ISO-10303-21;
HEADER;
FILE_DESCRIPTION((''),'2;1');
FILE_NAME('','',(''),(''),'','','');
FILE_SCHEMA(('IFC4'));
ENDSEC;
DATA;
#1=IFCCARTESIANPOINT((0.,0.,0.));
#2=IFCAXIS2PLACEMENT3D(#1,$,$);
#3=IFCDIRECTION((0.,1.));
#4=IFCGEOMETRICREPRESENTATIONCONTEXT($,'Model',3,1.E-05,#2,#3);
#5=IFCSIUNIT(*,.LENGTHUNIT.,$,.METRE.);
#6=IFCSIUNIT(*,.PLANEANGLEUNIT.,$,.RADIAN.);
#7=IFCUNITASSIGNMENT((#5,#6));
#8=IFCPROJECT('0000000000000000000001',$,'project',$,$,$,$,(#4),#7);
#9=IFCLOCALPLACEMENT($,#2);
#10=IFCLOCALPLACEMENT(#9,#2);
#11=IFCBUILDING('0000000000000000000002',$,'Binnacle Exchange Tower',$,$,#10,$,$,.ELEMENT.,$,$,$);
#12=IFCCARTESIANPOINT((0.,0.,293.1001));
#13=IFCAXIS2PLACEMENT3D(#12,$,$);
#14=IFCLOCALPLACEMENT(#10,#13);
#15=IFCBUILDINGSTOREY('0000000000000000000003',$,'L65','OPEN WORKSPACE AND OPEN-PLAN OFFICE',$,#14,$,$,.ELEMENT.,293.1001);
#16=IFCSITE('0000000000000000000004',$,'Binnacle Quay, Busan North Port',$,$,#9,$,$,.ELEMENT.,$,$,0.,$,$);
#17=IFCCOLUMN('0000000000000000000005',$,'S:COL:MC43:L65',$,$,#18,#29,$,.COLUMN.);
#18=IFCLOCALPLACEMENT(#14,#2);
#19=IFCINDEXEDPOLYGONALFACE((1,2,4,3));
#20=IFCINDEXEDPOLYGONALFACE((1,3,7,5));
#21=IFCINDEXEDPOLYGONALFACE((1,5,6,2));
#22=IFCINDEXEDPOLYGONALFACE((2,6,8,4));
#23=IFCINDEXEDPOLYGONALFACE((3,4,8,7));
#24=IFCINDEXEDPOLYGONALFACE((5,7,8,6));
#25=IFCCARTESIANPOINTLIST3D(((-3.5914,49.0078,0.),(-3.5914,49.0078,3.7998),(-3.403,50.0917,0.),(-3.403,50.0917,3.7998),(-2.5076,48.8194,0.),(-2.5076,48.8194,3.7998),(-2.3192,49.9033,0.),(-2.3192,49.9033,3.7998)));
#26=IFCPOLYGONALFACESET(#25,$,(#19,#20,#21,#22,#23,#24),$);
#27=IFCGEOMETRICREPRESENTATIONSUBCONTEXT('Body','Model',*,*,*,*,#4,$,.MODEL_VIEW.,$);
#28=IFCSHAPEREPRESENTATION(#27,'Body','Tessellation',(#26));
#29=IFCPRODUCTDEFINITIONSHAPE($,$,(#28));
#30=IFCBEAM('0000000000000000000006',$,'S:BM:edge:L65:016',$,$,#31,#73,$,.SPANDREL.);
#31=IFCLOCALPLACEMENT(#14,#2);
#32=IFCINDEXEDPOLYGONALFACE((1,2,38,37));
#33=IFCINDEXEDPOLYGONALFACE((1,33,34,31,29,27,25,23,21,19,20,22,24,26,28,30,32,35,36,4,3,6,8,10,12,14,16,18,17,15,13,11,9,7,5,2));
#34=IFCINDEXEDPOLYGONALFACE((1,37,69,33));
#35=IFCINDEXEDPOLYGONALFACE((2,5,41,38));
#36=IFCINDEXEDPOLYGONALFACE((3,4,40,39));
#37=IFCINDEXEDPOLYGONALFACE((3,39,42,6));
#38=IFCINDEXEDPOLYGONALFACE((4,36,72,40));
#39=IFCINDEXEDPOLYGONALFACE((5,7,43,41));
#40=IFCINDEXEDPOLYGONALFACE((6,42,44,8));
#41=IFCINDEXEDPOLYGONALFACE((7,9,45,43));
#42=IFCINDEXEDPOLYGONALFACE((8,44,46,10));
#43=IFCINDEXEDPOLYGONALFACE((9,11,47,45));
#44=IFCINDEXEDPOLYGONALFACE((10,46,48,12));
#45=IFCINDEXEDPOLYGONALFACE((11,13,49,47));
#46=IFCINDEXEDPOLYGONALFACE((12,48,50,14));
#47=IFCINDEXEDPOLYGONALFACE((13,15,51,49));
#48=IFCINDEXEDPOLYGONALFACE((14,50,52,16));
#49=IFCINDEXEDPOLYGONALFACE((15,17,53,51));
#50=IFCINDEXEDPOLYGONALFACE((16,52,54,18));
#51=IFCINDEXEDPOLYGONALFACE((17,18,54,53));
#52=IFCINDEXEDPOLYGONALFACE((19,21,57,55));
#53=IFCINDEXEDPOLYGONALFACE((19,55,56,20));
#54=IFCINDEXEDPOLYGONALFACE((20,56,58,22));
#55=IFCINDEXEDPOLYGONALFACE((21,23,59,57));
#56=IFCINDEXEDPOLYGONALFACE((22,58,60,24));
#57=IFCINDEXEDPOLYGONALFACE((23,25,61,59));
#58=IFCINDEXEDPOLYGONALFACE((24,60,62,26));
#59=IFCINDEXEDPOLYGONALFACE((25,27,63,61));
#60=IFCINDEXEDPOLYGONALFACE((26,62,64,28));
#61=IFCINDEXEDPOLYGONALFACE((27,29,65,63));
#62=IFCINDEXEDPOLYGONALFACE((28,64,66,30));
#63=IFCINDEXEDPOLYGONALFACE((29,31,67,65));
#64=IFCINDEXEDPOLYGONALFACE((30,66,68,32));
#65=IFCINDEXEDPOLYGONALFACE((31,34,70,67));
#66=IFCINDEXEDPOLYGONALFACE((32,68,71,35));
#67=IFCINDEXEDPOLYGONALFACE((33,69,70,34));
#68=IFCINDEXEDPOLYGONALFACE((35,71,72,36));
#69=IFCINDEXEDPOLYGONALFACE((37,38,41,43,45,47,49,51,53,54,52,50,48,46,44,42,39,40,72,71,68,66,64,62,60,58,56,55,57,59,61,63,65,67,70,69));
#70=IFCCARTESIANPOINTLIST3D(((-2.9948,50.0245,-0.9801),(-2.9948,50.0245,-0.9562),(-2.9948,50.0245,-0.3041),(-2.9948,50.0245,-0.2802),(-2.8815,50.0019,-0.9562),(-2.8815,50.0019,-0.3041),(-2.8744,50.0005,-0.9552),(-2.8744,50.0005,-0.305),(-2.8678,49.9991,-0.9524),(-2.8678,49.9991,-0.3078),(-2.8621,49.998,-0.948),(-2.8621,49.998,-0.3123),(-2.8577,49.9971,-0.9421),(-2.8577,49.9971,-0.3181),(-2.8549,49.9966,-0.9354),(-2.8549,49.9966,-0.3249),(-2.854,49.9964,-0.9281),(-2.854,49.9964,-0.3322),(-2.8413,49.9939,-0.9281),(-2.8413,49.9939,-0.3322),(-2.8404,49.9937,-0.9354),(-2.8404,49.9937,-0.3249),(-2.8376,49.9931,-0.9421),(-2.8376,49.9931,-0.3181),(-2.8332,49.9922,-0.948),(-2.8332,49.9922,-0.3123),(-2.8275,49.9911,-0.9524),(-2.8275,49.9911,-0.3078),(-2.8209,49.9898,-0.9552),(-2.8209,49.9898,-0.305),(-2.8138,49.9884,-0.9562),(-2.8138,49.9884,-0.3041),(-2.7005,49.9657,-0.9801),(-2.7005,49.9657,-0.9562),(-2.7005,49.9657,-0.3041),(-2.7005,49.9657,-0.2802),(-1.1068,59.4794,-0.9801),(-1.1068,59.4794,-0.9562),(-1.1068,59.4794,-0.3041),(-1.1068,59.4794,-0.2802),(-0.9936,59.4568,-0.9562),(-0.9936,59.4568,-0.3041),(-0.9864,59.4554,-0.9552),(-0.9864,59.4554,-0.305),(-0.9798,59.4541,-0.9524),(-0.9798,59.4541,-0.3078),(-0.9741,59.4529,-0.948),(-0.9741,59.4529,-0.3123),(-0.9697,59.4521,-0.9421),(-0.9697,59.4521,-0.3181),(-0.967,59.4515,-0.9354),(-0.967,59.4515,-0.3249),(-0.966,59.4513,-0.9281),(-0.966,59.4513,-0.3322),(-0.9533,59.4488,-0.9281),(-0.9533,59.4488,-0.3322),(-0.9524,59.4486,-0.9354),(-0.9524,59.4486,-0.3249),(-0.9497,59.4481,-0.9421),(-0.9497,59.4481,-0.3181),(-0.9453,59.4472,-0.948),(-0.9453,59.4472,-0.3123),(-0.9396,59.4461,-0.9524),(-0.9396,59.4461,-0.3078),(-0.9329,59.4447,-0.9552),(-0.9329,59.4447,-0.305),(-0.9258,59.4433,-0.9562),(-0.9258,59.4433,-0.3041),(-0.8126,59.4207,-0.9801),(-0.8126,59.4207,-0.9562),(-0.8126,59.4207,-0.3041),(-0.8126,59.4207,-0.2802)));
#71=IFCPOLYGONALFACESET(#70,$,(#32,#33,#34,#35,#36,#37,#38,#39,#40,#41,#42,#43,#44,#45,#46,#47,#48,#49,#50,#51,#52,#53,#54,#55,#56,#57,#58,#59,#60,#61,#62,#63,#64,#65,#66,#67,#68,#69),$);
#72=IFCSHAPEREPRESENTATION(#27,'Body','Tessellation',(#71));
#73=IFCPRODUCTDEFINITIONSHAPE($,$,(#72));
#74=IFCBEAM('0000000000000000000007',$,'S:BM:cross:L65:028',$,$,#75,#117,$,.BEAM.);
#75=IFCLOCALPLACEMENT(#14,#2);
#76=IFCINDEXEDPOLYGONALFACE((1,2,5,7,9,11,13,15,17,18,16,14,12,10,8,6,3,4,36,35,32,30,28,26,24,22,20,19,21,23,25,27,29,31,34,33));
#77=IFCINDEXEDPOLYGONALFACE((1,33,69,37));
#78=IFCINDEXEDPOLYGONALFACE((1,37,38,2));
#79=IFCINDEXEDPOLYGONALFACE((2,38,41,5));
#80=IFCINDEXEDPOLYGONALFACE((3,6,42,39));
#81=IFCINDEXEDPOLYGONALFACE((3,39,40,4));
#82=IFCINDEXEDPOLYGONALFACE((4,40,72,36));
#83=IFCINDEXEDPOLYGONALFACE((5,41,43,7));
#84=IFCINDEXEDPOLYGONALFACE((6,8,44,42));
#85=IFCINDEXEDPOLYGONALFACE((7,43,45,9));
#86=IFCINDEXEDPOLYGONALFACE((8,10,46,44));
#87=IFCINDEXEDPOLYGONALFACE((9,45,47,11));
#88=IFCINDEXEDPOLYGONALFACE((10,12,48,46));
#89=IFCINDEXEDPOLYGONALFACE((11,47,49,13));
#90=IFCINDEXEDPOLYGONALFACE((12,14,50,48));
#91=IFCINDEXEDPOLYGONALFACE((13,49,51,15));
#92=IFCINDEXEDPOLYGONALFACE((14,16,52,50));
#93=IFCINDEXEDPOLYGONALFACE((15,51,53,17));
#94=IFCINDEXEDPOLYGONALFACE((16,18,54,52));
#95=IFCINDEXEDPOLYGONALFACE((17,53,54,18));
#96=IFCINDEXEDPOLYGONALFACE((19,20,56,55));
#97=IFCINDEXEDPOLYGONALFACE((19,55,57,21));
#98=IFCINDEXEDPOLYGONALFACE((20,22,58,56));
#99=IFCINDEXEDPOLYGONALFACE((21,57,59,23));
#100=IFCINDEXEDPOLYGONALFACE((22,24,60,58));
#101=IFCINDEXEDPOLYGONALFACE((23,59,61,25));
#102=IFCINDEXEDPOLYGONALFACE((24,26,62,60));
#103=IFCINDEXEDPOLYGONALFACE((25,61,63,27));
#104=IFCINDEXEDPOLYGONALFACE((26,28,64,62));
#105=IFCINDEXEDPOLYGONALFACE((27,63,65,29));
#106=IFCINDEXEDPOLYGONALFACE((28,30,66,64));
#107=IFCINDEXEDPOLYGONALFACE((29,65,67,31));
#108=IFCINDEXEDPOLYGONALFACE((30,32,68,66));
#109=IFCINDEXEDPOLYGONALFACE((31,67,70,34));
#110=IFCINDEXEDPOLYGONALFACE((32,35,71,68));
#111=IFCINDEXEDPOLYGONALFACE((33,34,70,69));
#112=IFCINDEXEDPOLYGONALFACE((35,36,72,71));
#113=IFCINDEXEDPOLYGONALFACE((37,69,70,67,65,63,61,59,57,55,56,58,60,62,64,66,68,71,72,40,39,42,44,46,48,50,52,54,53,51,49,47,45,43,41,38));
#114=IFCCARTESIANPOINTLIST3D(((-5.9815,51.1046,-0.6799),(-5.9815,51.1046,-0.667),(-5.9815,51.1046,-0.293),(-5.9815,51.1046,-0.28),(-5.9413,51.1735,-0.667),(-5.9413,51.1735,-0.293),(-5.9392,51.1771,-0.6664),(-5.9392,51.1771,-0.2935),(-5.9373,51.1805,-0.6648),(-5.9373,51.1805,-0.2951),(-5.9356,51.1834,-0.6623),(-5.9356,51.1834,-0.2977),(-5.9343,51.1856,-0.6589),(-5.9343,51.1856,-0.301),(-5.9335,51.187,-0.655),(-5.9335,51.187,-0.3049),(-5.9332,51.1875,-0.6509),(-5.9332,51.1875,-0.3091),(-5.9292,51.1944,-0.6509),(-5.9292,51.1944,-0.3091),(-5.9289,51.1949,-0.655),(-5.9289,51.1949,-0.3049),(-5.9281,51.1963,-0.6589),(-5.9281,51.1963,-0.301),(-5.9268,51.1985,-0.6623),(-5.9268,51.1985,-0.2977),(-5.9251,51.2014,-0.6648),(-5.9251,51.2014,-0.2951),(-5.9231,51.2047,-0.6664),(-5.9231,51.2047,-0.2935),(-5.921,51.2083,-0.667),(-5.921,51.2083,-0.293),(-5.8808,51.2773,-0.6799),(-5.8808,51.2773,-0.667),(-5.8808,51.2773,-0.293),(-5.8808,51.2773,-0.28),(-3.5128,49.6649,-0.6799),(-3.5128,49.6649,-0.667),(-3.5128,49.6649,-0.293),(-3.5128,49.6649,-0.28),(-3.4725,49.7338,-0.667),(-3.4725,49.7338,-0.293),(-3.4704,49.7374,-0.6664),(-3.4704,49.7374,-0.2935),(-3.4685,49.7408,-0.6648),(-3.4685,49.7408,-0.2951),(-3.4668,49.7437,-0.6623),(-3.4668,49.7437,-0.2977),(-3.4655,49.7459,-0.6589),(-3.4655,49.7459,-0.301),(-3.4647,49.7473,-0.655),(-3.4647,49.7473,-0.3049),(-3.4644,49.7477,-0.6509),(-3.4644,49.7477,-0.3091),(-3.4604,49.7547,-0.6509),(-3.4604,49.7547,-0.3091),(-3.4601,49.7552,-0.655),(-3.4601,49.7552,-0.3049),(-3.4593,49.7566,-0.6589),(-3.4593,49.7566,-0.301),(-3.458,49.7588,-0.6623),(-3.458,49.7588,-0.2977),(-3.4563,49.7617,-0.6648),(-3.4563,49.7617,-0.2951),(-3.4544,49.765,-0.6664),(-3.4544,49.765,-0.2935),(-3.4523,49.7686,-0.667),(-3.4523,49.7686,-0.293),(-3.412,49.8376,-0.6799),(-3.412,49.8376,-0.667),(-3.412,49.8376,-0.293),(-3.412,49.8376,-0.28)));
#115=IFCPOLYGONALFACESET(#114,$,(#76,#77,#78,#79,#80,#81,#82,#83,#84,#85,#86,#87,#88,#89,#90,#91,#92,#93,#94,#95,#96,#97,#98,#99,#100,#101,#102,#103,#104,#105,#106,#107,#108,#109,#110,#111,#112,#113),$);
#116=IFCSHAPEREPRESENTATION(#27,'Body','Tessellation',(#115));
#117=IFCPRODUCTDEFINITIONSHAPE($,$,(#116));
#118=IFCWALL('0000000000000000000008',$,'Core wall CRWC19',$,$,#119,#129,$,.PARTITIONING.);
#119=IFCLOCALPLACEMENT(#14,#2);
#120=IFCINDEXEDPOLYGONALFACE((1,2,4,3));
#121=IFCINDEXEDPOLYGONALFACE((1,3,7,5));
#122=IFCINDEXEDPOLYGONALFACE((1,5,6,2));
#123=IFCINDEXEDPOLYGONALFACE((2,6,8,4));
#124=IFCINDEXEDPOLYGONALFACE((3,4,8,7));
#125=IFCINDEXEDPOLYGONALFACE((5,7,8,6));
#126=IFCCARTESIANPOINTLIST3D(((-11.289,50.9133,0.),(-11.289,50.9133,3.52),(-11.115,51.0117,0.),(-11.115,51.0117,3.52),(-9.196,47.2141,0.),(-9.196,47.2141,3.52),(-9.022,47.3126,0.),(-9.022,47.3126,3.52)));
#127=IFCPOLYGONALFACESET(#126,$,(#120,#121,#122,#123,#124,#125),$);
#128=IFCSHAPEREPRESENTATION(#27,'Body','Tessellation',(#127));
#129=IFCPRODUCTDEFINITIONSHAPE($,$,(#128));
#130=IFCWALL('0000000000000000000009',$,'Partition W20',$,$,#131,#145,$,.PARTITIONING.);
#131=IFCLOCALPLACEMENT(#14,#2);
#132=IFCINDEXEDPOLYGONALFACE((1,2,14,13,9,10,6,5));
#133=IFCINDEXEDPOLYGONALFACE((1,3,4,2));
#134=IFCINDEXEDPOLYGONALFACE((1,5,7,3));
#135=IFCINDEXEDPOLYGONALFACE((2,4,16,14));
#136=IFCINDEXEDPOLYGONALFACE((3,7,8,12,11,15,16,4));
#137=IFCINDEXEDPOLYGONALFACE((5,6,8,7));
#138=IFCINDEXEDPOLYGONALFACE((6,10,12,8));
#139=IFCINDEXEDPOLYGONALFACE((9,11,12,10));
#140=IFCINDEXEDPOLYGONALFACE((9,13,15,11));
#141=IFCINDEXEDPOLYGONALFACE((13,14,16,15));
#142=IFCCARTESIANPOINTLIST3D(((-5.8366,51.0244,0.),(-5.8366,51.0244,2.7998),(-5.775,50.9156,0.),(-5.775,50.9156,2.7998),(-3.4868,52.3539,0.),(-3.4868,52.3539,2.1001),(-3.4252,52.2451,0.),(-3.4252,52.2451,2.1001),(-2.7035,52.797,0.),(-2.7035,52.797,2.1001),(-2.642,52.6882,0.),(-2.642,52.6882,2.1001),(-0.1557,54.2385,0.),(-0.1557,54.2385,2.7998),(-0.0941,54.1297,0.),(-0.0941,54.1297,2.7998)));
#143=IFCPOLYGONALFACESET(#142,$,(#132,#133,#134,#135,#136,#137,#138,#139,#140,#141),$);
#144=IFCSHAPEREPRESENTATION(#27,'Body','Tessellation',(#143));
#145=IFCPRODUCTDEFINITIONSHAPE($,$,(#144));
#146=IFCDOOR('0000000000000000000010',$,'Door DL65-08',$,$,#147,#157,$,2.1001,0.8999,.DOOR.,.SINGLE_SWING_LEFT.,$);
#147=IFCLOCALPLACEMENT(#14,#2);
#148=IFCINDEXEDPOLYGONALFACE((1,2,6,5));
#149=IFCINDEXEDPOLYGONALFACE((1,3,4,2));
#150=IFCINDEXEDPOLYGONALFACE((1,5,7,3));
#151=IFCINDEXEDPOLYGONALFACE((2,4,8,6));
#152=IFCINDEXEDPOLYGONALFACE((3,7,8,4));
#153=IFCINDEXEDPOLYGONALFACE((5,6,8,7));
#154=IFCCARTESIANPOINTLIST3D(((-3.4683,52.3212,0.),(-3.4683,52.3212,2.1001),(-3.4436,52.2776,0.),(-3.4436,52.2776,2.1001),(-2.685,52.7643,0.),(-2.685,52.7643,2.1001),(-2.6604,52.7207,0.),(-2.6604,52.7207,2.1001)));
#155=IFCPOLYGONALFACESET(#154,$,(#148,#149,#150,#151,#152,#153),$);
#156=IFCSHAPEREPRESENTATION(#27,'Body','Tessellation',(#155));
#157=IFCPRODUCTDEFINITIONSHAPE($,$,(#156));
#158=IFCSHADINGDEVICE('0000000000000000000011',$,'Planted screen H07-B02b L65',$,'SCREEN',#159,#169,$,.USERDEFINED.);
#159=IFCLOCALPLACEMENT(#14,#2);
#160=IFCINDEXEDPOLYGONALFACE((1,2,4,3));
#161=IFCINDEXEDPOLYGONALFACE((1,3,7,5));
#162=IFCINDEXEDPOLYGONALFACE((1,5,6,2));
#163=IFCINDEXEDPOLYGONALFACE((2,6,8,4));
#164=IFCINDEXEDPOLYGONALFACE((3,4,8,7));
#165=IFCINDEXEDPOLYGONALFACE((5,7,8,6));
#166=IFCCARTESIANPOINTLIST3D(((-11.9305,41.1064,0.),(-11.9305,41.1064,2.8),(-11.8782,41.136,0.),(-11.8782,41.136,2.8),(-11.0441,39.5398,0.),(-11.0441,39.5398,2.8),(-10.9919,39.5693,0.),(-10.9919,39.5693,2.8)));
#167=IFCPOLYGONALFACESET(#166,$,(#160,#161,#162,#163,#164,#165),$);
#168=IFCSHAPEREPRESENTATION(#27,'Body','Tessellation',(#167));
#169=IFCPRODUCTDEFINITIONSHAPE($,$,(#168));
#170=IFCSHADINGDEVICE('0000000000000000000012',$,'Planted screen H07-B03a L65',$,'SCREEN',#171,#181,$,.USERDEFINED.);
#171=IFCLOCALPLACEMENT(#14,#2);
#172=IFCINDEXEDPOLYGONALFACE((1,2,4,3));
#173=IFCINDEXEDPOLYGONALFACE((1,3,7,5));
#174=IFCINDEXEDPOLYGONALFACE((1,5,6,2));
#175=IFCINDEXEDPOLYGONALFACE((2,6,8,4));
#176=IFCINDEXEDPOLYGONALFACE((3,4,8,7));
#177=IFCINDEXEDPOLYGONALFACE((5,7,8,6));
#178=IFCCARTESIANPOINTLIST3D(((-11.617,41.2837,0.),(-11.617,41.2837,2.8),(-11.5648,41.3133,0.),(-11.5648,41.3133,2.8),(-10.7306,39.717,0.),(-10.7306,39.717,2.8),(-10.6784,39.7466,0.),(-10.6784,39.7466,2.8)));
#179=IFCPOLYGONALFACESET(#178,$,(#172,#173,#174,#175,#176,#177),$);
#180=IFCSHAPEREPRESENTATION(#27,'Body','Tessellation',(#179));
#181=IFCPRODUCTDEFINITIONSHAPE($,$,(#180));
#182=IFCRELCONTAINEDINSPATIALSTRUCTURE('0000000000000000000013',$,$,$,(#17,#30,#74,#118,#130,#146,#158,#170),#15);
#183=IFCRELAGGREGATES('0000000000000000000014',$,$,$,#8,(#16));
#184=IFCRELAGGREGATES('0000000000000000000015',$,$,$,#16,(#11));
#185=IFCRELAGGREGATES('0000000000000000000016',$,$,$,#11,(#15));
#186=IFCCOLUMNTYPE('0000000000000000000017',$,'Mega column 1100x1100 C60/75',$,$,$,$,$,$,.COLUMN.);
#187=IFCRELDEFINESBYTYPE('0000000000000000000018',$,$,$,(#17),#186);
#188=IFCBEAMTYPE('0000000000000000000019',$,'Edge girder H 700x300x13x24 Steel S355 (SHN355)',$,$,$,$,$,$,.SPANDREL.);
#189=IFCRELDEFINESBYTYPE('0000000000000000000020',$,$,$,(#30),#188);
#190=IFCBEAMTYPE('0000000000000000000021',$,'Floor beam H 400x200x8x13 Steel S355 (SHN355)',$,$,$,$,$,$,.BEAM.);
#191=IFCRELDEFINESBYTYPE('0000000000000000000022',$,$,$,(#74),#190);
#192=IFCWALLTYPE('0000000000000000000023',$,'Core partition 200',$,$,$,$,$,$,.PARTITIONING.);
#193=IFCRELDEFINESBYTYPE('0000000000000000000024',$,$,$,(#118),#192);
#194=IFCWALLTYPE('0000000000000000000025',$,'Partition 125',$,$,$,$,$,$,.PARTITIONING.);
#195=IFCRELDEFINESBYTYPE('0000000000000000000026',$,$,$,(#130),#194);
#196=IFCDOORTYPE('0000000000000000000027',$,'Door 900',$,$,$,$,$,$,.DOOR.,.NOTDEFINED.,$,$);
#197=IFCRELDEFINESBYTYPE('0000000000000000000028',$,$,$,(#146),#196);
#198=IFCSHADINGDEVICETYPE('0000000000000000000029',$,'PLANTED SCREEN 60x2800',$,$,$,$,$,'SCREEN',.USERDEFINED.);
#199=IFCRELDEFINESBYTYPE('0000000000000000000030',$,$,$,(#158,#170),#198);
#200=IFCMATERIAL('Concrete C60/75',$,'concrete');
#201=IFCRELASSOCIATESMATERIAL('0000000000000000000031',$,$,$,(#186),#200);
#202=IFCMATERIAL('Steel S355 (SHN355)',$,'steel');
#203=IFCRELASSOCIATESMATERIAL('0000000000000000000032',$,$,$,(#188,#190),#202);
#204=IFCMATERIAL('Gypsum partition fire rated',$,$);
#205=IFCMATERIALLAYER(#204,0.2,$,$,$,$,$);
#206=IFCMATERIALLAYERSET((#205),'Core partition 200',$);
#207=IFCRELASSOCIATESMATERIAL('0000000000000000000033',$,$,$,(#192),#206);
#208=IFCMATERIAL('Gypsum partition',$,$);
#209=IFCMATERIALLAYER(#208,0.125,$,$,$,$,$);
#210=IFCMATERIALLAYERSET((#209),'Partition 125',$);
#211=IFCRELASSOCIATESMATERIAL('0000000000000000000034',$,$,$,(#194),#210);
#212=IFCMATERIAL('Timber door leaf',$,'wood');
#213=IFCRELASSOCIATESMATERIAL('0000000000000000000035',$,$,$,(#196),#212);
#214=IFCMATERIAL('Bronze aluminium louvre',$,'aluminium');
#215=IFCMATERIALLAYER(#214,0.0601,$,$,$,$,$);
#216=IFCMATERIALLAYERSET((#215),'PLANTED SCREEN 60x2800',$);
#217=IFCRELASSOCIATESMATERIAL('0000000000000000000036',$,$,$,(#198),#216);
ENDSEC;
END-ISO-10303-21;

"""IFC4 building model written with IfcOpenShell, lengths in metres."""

from ifc_helpers import new_model, si_unit, direction, frame, frame_2d, origin, origin_2d, place, context, subcontext, project, spatial, rectangle, i_section, extrude, material, layer, layer_set, material_profile, profile_set, type_object, element, fill, save


model = new_model("IFC4")

# Units and contexts
model_context = context("Model", 3, precision=1e-05, world=origin(), true_north=direction((0.0, 1.0)))
body_context = subcontext(model_context, "Body", "Model", "MODEL_VIEW")
ifc_project = project(units=[si_unit("LENGTHUNIT", "METRE"), si_unit("PLANEANGLEUNIT", "RADIAN")], contexts=[model_context])

# Site, building, storey
site_placement = place(None, origin())
site = spatial("IfcSite", under=ifc_project, at=site_placement, Name="Binnacle Quay, Busan North Port", CompositionType="ELEMENT", RefElevation=0.0)
building_placement = place(site_placement, origin())
building = spatial("IfcBuilding", under=site, at=building_placement, Name="Binnacle Exchange Tower", CompositionType="ELEMENT")
storey_placement = place(building_placement, frame((0.0, 0.0, 293.1001)))
storey = spatial("IfcBuildingStorey", under=building, at=storey_placement, Name="L65", Description="OPEN WORKSPACE AND OPEN-PLAN OFFICE", CompositionType="ELEMENT", Elevation=293.1001)

# Column
ifc_material_1 = material(Name="Concrete C60/75", Category="concrete")
ifc_material_profile_1 = material_profile(ifc_material_1, rectangle(XDim=1.1001, YDim=1.1001, at=origin_2d()), Name="Mega column 1100x1100 C60/75")
ifc_profile_set_1 = profile_set([ifc_material_profile_1], Name="Concrete C60/75")
column_type = type_object("IfcColumnType", Name="Mega column 1100x1100 C60/75", PredefinedType="COLUMN", material=ifc_profile_set_1)
column_placement = place(storey_placement, frame((-2.9553, 49.4556, 0.0), z_axis=(0.0, 0.0, 1.0), x_axis=(-0.985226, 0.171259, 0.0)))
element("IfcColumn", 1, at=column_placement, inside=storey, type_object=column_type, Name="S:COL:MC43:L65", PredefinedType="COLUMN", context=body_context, shape_type="SweptSolid", body=[
    extrude(rectangle(XDim=1.1001, YDim=1.1001, at=origin_2d()), origin(), (0.0, 0.0, 1.0), 3.7998),
])

# Beams
ifc_material_2 = material(Name="Steel S355 (SHN355)", Category="steel")
ifc_material_profile_2 = material_profile(ifc_material_2, i_section(OverallWidth=0.3, OverallDepth=0.7, WebThickness=0.0129, FlangeThickness=0.0239, FilletRadius=0.0281, at=origin_2d()), Name="H 700x300x13x24")
ifc_profile_set_2 = profile_set([ifc_material_profile_2], Name="Steel S355 (SHN355)")
beam_type_1 = type_object("IfcBeamType", Name="Edge girder H 700x300x13x24 Steel S355 (SHN355)", PredefinedType="SPANDREL", material=ifc_profile_set_2)
beam_1_placement = place(storey_placement, frame((-2.8477, 49.9951, -0.6301), z_axis=(0.195814, 0.980641, 0.0), x_axis=(-0.980641, 0.195814, 0.0)))
element("IfcBeam", 2, at=beam_1_placement, inside=storey, type_object=beam_type_1, Name="S:BM:edge:L65:016", PredefinedType="SPANDREL", context=body_context, shape_type="SweptSolid", body=[
    extrude(i_section(OverallWidth=0.3, OverallDepth=0.7, WebThickness=0.0129, FlangeThickness=0.0239, FilletRadius=0.0281, at=origin_2d()), origin(), (0.0, 0.0, 1.0), 9.6416),
])
ifc_material_profile_3 = material_profile(ifc_material_2, i_section(OverallWidth=0.2, OverallDepth=0.3999, WebThickness=0.0081, FlangeThickness=0.0129, FilletRadius=0.0161, at=origin_2d()), Name="H 400x200x8x13")
ifc_profile_set_3 = profile_set([ifc_material_profile_3], Name="Steel S355 (SHN355)")
beam_type_2 = type_object("IfcBeamType", Name="Floor beam H 400x200x8x13 Steel S355 (SHN355)", PredefinedType="BEAM", material=ifc_profile_set_3)
beam_2_placement = place(storey_placement, frame((-3.4624, 49.7512, -0.48), z_axis=(-0.863841, 0.503765, 0.0), x_axis=(-0.503765, -0.863841, 0.0)))
element("IfcBeam", 3, at=beam_2_placement, inside=storey, type_object=beam_type_2, Name="S:BM:cross:L65:028", PredefinedType="BEAM", context=body_context, shape_type="SweptSolid", body=[
    extrude(i_section(OverallWidth=0.2, OverallDepth=0.3999, WebThickness=0.0081, FlangeThickness=0.0129, FilletRadius=0.0161, at=origin_2d()), origin(), (0.0, 0.0, 1.0), 2.8579),
])

# Wall
ifc_material_3 = material(Name="Gypsum partition fire rated")
ifc_layer_1 = layer(ifc_material_3, 0.2)
ifc_layer_set_1 = layer_set([ifc_layer_1], Name="Core partition 200")
wall_type_1 = type_object("IfcWallType", Name="Core partition 200", PredefinedType="PARTITIONING", material=ifc_layer_set_1)
wall_1_placement = place(storey_placement, frame((-11.2019, 50.9624, 0.0), z_axis=(0.0, 0.0, 1.0), x_axis=(0.492441, -0.870346, 0.0)))
element("IfcWall", 4, at=wall_1_placement, inside=storey, type_object=wall_type_1, Name="Core wall CRWC19", PredefinedType="PARTITIONING", context=body_context, shape_type="SweptSolid", body=[
    extrude(rectangle(XDim=4.2502, YDim=0.2, at=frame_2d((2.125, 0.0))), origin(), (0.0, 0.0, 1.0), 3.52),
])

# Wall, opening, door
ifc_material_4 = material(Name="Gypsum partition")
ifc_layer_2 = layer(ifc_material_4, 0.125)
ifc_layer_set_2 = layer_set([ifc_layer_2], Name="Partition 125")
wall_type_2 = type_object("IfcWallType", Name="Partition 125", PredefinedType="PARTITIONING", material=ifc_layer_set_2)
wall_2_placement = place(storey_placement, frame((-5.8059, 50.97, 0.0), z_axis=(0.0, 0.0, 1.0), x_axis=(0.870355, 0.492425, 0.0)))
wall_2 = element("IfcWall", 5, at=wall_2_placement, inside=storey, type_object=wall_type_2, Name="Partition W20", PredefinedType="PARTITIONING", context=body_context, shape_type="SweptSolid", body=[
    extrude(rectangle(XDim=6.5271, YDim=0.125, at=frame_2d((3.2637, 0.0))), origin(), (0.0, 0.0, 1.0), 2.7998),
])
opening_1_placement = place(wall_2_placement, frame((2.7, 0.0, 0.0)))
opening_1 = element("IfcOpeningElement", 6, at=opening_1_placement, cuts=wall_2, PredefinedType="OPENING", context=body_context, shape_type="SweptSolid", body=[
    extrude(rectangle(XDim=0.8999, YDim=2.1001, at=frame_2d((0.45, 1.05))), frame((0.0, 0.0725, 0.0), z_axis=(0.0, -1.0, 0.0), x_axis=(1.0, 0.0, 0.0)), (0.0, 0.0, 1.0), 0.145),
])
ifc_material_5 = material(Name="Timber door leaf", Category="wood")
door_type_1 = type_object("IfcDoorType", Name="Door 900", OperationType="NOTDEFINED", PredefinedType="DOOR", material=ifc_material_5)
door_1_placement = place(opening_1_placement, origin())
door_1 = element("IfcDoor", 7, at=door_1_placement, inside=storey, type_object=door_type_1, Name="Door DL65-08", OperationType="SINGLE_SWING_LEFT", OverallHeight=2.1001, OverallWidth=0.8999, PredefinedType="DOOR", context=body_context, shape_type="SweptSolid", body=[
    extrude(rectangle(XDim=0.8999, YDim=2.1001, at=frame_2d((0.45, 1.05))), frame((0.0, 0.0249, 0.0), z_axis=(0.0, -1.0, 0.0), x_axis=(1.0, 0.0, 0.0)), (0.0, 0.0, 1.0), 0.05),
])
fill(opening_1, door_1)

# Shading devices
ifc_material_6 = material(Name="Bronze aluminium louvre", Category="aluminium")
ifc_layer_3 = layer(ifc_material_6, 0.0601)
ifc_layer_set_3 = layer_set([ifc_layer_3], Name="PLANTED SCREEN 60x2800")
shading_device_type = type_object("IfcShadingDeviceType", Name="PLANTED SCREEN 60x2800", ElementType="SCREEN", PredefinedType="USERDEFINED", material=ifc_layer_set_3)
for number, where, z_axis, x_axis, name in (
    (8, (-11.4612, 40.3379, 0.0), (0.0, 0.0, 1.0), (0.870356, 0.492424, 0.0), "Planted screen H07-B02b L65"),
    (9, (-11.1477, 40.5151, 0.0), (0.0, 0.0, 1.0), (0.870356, 0.492424, 0.0), "Planted screen H07-B03a L65"),
):
    element("IfcShadingDevice", number, at=place(storey_placement, frame(where, z_axis=z_axis, x_axis=x_axis)), inside=storey, type_object=shading_device_type, Name=name, ObjectType="SCREEN", PredefinedType="USERDEFINED", context=body_context, shape_type="SweptSolid", body=[
        extrude(rectangle(XDim=0.0601, YDim=1.8, at=origin_2d()), origin(), (0.0, 0.0, 1.0), 2.8),
    ])

save(model, "model.ifc")
